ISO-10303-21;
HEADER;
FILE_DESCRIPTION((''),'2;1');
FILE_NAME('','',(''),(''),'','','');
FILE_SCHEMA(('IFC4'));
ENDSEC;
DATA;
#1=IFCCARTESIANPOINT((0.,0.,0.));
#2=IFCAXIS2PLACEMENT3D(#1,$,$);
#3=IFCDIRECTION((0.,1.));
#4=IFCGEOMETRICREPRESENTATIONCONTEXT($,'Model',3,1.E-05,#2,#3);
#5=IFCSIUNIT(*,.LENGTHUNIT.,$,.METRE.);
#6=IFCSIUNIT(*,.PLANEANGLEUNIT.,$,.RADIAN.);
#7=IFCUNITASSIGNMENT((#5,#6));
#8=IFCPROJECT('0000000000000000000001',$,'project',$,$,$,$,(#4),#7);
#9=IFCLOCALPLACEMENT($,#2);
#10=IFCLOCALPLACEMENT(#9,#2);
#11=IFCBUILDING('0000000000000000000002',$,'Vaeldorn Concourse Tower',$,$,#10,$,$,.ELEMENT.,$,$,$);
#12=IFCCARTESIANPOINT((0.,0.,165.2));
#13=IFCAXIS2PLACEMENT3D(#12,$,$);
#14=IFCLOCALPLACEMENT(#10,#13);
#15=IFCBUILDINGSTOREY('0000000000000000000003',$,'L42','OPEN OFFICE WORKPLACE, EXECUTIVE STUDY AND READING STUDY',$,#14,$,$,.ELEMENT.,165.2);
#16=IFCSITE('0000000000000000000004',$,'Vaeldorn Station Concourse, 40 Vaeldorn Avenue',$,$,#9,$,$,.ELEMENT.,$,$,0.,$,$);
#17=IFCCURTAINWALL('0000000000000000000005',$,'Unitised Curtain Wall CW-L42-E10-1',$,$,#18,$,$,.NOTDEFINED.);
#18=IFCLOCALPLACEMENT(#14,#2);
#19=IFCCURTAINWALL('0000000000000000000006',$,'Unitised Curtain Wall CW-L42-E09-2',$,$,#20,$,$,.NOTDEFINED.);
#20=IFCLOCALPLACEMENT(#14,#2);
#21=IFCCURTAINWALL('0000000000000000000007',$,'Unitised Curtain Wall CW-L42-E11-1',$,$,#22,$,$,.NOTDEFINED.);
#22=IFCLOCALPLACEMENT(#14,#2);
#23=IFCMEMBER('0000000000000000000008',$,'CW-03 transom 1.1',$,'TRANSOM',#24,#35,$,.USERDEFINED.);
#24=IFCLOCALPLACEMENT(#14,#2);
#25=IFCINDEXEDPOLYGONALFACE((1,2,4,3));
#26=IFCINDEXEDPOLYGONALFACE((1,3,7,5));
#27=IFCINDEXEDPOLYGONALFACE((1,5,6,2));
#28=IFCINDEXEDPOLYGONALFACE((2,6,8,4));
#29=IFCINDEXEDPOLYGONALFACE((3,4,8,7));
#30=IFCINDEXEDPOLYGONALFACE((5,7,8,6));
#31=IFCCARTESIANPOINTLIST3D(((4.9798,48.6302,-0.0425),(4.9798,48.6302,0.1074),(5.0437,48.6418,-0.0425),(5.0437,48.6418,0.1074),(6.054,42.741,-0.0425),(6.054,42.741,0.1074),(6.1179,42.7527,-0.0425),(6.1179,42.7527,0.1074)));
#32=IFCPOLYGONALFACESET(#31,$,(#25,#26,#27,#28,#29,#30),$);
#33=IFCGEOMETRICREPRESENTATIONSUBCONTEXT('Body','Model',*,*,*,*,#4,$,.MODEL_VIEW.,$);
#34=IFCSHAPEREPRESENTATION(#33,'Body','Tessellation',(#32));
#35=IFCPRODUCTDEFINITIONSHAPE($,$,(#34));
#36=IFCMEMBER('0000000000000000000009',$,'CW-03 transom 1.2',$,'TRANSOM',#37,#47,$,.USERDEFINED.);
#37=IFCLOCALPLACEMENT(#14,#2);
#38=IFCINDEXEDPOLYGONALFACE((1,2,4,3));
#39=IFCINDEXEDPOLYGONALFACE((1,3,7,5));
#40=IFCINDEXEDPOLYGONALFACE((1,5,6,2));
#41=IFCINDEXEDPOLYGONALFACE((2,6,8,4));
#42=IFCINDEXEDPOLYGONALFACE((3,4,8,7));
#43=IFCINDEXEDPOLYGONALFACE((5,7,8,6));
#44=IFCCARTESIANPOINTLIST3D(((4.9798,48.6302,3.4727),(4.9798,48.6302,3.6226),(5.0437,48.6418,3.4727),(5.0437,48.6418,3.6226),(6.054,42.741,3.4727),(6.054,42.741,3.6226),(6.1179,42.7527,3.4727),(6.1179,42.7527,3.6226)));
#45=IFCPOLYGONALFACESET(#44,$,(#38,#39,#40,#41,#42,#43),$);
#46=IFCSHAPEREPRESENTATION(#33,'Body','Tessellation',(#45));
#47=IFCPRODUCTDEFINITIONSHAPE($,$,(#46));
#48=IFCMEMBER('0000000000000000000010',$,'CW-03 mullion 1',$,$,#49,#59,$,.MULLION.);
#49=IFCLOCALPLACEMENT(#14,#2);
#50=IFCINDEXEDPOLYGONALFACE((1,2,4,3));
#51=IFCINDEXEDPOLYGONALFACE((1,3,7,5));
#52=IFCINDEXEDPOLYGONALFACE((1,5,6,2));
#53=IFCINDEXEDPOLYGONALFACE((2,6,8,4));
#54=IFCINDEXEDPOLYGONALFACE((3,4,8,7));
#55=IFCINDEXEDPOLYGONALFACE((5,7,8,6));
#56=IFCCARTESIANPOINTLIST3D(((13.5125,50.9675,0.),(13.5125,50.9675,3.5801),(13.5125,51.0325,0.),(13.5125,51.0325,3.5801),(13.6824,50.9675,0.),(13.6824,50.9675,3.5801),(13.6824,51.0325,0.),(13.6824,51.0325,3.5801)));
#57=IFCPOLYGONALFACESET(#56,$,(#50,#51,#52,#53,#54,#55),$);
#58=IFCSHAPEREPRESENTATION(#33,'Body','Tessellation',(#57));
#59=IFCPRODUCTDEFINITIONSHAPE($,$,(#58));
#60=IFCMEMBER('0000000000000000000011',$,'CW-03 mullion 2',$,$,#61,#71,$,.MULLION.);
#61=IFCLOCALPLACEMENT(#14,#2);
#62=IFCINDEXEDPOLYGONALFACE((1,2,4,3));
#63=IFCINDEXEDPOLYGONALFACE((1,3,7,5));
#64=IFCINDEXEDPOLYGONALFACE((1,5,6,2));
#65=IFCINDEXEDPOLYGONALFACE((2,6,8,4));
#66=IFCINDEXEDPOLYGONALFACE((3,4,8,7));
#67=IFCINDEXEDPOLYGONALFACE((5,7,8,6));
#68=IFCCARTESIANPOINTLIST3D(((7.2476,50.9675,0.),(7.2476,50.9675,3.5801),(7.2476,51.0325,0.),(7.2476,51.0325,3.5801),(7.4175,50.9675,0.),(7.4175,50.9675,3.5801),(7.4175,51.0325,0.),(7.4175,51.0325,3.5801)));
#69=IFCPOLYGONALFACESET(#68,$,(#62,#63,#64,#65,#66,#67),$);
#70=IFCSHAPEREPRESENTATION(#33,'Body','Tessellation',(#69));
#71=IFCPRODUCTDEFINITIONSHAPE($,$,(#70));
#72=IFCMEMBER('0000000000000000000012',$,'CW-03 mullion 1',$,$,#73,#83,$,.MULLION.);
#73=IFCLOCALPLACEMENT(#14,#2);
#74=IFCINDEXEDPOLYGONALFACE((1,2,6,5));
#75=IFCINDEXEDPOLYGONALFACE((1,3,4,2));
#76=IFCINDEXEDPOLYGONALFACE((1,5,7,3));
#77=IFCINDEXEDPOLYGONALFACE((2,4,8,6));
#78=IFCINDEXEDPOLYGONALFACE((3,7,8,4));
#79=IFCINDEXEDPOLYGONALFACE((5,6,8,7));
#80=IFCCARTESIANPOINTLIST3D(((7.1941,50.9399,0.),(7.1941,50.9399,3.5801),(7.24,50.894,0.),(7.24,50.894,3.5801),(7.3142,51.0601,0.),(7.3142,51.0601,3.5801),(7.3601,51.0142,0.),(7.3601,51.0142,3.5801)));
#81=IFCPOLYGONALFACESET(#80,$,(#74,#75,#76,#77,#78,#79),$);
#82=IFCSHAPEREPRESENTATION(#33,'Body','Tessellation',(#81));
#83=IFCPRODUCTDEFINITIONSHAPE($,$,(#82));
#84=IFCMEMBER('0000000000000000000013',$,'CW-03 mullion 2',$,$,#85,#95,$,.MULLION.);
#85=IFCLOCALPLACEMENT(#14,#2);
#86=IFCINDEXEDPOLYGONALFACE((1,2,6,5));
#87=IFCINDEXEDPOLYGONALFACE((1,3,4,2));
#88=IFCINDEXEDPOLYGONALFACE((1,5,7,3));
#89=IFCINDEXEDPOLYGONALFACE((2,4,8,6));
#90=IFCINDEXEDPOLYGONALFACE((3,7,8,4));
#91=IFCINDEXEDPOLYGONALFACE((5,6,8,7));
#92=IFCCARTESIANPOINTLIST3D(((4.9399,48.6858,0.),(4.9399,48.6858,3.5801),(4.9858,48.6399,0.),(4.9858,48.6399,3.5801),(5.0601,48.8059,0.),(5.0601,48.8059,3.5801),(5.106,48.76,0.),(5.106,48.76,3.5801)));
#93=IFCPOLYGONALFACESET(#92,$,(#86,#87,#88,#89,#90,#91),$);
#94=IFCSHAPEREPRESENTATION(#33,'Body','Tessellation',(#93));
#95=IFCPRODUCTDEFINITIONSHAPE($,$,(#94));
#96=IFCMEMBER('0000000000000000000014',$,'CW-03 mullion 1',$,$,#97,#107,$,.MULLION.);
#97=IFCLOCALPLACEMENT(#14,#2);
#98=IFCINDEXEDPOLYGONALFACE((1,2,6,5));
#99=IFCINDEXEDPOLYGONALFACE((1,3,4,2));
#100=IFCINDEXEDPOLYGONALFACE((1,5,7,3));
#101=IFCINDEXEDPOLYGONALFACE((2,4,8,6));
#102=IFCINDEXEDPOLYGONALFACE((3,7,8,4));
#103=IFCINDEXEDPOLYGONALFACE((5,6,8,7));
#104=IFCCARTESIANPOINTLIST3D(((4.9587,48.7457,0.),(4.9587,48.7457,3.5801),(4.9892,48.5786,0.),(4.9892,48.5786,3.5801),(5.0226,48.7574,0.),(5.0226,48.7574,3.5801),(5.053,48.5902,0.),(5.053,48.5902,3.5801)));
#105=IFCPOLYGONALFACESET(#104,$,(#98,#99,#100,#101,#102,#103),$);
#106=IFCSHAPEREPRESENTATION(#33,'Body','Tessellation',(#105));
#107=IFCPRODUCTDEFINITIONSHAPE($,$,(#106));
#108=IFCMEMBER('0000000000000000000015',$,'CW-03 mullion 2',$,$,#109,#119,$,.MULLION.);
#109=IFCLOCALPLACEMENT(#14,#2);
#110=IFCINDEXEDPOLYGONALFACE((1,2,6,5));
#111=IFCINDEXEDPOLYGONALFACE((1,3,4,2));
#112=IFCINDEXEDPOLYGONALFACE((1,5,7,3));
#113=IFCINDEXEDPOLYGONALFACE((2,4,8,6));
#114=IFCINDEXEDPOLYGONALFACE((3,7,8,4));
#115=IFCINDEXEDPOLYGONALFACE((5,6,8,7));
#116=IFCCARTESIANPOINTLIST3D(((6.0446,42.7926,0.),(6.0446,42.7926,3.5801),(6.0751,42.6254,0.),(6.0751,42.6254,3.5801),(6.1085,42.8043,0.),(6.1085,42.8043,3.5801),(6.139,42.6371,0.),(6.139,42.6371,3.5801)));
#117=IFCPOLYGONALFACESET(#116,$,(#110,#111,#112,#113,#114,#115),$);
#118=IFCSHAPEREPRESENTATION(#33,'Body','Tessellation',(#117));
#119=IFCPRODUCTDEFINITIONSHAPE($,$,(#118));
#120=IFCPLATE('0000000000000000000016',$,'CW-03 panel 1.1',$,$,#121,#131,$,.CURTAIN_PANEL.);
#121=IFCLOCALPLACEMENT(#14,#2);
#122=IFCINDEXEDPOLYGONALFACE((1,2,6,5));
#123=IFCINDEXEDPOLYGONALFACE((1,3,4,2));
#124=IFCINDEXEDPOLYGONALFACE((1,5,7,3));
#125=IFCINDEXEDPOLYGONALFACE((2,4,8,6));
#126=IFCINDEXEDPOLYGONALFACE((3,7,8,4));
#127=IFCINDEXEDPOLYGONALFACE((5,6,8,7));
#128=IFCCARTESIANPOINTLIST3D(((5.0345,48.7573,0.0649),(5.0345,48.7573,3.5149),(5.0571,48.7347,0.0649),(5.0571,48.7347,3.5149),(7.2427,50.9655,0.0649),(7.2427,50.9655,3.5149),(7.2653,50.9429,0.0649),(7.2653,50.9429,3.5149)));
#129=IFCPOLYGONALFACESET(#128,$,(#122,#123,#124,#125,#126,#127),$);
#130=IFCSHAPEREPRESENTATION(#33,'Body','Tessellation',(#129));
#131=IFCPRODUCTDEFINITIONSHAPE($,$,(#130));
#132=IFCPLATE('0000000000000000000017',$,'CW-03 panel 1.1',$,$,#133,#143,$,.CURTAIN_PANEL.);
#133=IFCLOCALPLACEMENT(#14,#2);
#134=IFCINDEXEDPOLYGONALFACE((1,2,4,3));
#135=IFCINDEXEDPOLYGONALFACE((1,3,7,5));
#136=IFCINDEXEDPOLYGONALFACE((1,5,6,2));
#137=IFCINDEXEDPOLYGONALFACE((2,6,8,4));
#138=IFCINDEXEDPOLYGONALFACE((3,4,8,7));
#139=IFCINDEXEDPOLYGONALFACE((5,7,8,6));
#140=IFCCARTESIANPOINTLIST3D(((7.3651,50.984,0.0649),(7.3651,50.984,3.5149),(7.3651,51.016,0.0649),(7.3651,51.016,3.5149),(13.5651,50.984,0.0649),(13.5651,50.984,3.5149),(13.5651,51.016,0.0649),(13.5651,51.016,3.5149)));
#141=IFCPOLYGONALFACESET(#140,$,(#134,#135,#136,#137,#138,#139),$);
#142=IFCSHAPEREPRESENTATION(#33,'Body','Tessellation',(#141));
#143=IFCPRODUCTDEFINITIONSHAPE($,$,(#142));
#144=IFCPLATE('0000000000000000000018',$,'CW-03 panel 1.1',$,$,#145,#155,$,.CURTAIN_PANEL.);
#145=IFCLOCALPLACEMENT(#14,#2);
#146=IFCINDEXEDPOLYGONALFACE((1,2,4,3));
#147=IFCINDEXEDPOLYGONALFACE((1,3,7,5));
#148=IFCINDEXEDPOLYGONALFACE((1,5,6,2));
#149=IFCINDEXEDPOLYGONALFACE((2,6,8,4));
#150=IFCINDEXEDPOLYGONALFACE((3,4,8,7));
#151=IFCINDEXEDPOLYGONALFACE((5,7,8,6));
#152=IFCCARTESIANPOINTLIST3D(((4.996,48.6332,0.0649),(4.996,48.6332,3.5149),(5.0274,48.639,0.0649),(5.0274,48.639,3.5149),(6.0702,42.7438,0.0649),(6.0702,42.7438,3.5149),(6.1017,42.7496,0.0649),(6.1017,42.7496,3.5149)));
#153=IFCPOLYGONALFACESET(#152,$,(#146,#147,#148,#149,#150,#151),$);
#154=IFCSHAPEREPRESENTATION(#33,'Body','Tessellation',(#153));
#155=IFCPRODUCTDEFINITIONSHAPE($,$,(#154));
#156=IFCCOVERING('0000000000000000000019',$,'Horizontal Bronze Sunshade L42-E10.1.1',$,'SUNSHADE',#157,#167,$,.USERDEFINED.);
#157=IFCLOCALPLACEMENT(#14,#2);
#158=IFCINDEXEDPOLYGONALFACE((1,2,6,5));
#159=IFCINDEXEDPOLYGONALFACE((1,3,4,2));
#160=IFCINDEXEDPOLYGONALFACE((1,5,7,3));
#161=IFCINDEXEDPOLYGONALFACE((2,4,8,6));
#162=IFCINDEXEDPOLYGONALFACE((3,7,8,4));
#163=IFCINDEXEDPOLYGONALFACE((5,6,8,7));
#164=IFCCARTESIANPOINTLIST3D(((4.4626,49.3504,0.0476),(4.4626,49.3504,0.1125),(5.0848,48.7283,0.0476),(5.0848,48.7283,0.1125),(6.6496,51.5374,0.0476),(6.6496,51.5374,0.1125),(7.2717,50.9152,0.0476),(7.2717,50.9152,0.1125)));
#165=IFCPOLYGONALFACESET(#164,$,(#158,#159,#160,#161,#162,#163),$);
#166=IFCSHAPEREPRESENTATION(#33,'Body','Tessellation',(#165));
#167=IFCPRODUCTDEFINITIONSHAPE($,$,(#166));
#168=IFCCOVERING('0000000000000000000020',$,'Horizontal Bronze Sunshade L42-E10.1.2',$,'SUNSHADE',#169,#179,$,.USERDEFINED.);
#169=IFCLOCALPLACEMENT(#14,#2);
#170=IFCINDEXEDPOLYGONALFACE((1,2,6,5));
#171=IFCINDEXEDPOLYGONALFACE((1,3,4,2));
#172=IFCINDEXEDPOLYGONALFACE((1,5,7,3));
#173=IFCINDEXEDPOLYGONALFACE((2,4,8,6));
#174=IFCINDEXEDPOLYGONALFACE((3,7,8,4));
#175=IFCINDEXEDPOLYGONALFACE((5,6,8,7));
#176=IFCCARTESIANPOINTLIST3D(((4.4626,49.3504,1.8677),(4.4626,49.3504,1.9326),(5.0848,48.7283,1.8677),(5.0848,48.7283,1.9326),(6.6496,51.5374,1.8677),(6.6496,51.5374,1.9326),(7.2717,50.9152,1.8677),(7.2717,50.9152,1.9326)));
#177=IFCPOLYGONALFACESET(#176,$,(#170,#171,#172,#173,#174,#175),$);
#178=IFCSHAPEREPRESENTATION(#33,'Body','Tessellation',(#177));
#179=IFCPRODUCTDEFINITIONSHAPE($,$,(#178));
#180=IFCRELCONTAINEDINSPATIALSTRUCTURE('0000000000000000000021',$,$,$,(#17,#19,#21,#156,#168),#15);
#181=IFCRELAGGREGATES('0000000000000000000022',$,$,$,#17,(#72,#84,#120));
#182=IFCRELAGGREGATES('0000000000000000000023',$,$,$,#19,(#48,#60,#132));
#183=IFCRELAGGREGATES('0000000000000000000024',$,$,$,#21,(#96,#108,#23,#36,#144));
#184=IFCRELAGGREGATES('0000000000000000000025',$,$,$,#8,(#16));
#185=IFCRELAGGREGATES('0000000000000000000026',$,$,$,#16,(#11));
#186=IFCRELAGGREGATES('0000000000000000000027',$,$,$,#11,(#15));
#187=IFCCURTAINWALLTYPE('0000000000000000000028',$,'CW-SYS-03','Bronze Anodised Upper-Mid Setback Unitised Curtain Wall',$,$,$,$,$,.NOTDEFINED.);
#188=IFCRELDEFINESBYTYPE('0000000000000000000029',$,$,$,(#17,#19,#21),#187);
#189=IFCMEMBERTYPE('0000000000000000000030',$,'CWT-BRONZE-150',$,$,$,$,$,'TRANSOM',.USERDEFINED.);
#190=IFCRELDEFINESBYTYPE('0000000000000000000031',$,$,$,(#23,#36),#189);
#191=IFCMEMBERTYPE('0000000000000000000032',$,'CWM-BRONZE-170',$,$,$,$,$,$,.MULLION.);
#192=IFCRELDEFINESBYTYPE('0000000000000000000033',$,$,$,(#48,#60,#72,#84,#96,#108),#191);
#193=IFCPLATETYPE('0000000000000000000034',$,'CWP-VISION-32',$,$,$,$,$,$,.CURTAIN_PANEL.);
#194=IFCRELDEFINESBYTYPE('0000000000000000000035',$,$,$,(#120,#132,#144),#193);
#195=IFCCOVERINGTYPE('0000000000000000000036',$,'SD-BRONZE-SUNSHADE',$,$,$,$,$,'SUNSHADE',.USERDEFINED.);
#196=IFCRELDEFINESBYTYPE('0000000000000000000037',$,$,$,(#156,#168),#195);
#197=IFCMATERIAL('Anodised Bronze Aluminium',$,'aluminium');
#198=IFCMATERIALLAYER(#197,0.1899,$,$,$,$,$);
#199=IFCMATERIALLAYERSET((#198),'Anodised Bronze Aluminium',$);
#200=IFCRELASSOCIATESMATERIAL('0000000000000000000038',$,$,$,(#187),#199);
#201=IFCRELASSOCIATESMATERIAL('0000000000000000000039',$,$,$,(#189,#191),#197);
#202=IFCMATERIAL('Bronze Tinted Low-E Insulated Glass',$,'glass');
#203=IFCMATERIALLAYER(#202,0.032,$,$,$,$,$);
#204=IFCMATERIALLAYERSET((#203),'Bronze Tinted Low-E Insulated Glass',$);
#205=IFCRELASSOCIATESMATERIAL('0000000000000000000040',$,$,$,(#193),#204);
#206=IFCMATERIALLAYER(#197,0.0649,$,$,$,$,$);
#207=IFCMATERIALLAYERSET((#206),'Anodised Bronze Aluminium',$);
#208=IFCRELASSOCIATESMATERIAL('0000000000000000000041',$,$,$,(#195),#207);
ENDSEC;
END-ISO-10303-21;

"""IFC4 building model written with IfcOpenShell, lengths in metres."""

from ifc_helpers import new_model, si_unit, direction, frame, origin, origin_2d, place, context, subcontext, project, spatial, rectangle, extrude, source, transform, mapped, material, layer, layer_set, material_profile, profile_set, type_object, element, aggregate, save


model = new_model("IFC4")

# Units and contexts
model_context = context("Model", 3, precision=1e-05, world=origin(), true_north=direction((0.0, 1.0)))
body_context = subcontext(model_context, "Body", "Model", "MODEL_VIEW")
ifc_project = project(units=[si_unit("LENGTHUNIT", "METRE"), si_unit("PLANEANGLEUNIT", "RADIAN")], contexts=[model_context])

# Site, building, storey
site_placement = place(None, origin())
site = spatial("IfcSite", under=ifc_project, at=site_placement, Name="Vaeldorn Station Concourse, 40 Vaeldorn Avenue", CompositionType="ELEMENT", RefElevation=0.0)
building_placement = place(site_placement, origin())
building = spatial("IfcBuilding", under=site, at=building_placement, Name="Vaeldorn Concourse Tower", CompositionType="ELEMENT")
storey_placement = place(building_placement, frame((0.0, 0.0, 165.2)))
storey = spatial("IfcBuildingStorey", under=building, at=storey_placement, Name="L42", Description="OPEN OFFICE WORKPLACE, EXECUTIVE STUDY AND READING STUDY", CompositionType="ELEMENT", Elevation=165.2)

# Curtain walls, members
ifc_material_1 = material(Name="Anodised Bronze Aluminium", Category="aluminium")
ifc_layer_1 = layer(ifc_material_1, 0.1899)
ifc_layer_set_1 = layer_set([ifc_layer_1], Name="Anodised Bronze Aluminium")
curtain_wall_type = type_object("IfcCurtainWallType", Name="CW-SYS-03", Description="Bronze Anodised Upper-Mid Setback Unitised Curtain Wall", PredefinedType="NOTDEFINED", material=ifc_layer_set_1)
curtain_wall_1_placement = place(storey_placement, origin())
curtain_wall_1 = element("IfcCurtainWall", 1, at=curtain_wall_1_placement, inside=storey, type_object=curtain_wall_type, Name="Unitised Curtain Wall CW-L42-E10-1", PredefinedType="NOTDEFINED")
ifc_material_profile_1 = material_profile(ifc_material_1, rectangle(XDim=0.0649, YDim=0.1499, at=origin_2d()), Name="CWT 65x150")
ifc_profile_set_1 = profile_set([ifc_material_profile_1], Name="Anodised Bronze Aluminium")
member_type_1 = type_object("IfcMemberType", Name="CWT-BRONZE-150", ElementType="TRANSOM", PredefinedType="USERDEFINED", material=ifc_profile_set_1)
curtain_wall_2_placement = place(storey_placement, origin())
curtain_wall_2 = element("IfcCurtainWall", 2, at=curtain_wall_2_placement, inside=storey, type_object=curtain_wall_type, Name="Unitised Curtain Wall CW-L42-E09-2", PredefinedType="NOTDEFINED")
curtain_wall_3_placement = place(storey_placement, origin())
curtain_wall_3 = element("IfcCurtainWall", 3, at=curtain_wall_3_placement, inside=storey, type_object=curtain_wall_type, Name="Unitised Curtain Wall CW-L42-E11-1", PredefinedType="NOTDEFINED")
shared_shape_1 = source(origin(), body_context, "Body", "SweptSolid", [
    extrude(rectangle(XDim=0.0649, YDim=0.1499, at=origin_2d()), origin(), (0.0, 0.0, 1.0), 5.9863),
])
member_1_placement = place(storey_placement, frame((5.0117, 48.636, 0.0325), z_axis=(0.179445, -0.983768, 0.0), x_axis=(0.983768, 0.179445, 0.0)))
member_1 = element("IfcMember", 4, at=member_1_placement, type_object=member_type_1, Name="CW-03 transom 1.1", ObjectType="TRANSOM", PredefinedType="USERDEFINED", context=body_context, shape_type="MappedRepresentation", body=[
    mapped(shared_shape_1, transform((0.0, 0.0, 0.0), scale=1.0)),
])
member_2_placement = place(storey_placement, frame((5.0117, 48.636, 3.5476), z_axis=(0.179445, -0.983768, 0.0), x_axis=(0.983768, 0.179445, 0.0)))
member_2 = element("IfcMember", 5, at=member_2_placement, type_object=member_type_1, Name="CW-03 transom 1.2", ObjectType="TRANSOM", PredefinedType="USERDEFINED", context=body_context, shape_type="MappedRepresentation", body=[
    mapped(shared_shape_1, transform((0.0, 0.0, 0.0), scale=1.0)),
])

# Members
ifc_material_profile_2 = material_profile(ifc_material_1, rectangle(XDim=0.0649, YDim=0.1699, at=origin_2d()), Name="CWM 65x170")
ifc_profile_set_2 = profile_set([ifc_material_profile_2], Name="Anodised Bronze Aluminium")
member_type_2 = type_object("IfcMemberType", Name="CWM-BRONZE-170", PredefinedType="MULLION", material=ifc_profile_set_2)
shared_shape_2 = source(origin(), body_context, "Body", "SweptSolid", [
    extrude(rectangle(XDim=0.0649, YDim=0.1699, at=origin_2d()), origin(), (0.0, 0.0, 1.0), 3.5801),
])
member_3_placement = place(storey_placement, frame((13.5974, 51.0, 0.0), z_axis=(0.0, 0.0, 1.0), x_axis=(0.0, -1.0, 0.0)))
member_3 = element("IfcMember", 6, at=member_3_placement, type_object=member_type_2, Name="CW-03 mullion 1", PredefinedType="MULLION", context=body_context, shape_type="MappedRepresentation", body=[
    mapped(shared_shape_2, transform((0.0, 0.0, 0.0), scale=1.0)),
])
member_4_placement = place(storey_placement, frame((7.3325, 51.0, 0.0), z_axis=(0.0, 0.0, 1.0), x_axis=(0.0, -1.0, 0.0)))
member_4 = element("IfcMember", 7, at=member_4_placement, type_object=member_type_2, Name="CW-03 mullion 2", PredefinedType="MULLION", context=body_context, shape_type="MappedRepresentation", body=[
    mapped(shared_shape_2, transform((0.0, 0.0, 0.0), scale=1.0)),
])
member_5_placement = place(storey_placement, frame((7.2771, 50.9771, 0.0), z_axis=(0.0, 0.0, 1.0), x_axis=(0.707107, -0.707107, 0.0)))
member_5 = element("IfcMember", 8, at=member_5_placement, type_object=member_type_2, Name="CW-03 mullion 1", PredefinedType="MULLION", context=body_context, shape_type="MappedRepresentation", body=[
    mapped(shared_shape_2, transform((0.0, 0.0, 0.0), scale=1.0)),
])
member_6_placement = place(storey_placement, frame((5.0229, 48.7229, 0.0), z_axis=(0.0, 0.0, 1.0), x_axis=(0.707107, -0.707107, 0.0)))
member_6 = element("IfcMember", 9, at=member_6_placement, type_object=member_type_2, Name="CW-03 mullion 2", PredefinedType="MULLION", context=body_context, shape_type="MappedRepresentation", body=[
    mapped(shared_shape_2, transform((0.0, 0.0, 0.0), scale=1.0)),
])
member_7_placement = place(storey_placement, frame((5.0059, 48.668, 0.0), z_axis=(0.0, 0.0, 1.0), x_axis=(0.983768, 0.179447, 0.0)))
member_7 = element("IfcMember", 10, at=member_7_placement, type_object=member_type_2, Name="CW-03 mullion 1", PredefinedType="MULLION", context=body_context, shape_type="MappedRepresentation", body=[
    mapped(shared_shape_2, transform((0.0, 0.0, 0.0), scale=1.0)),
])
member_8_placement = place(storey_placement, frame((6.0918, 42.7148, 0.0), z_axis=(0.0, 0.0, 1.0), x_axis=(0.983768, 0.179447, 0.0)))
member_8 = element("IfcMember", 11, at=member_8_placement, type_object=member_type_2, Name="CW-03 mullion 2", PredefinedType="MULLION", context=body_context, shape_type="MappedRepresentation", body=[
    mapped(shared_shape_2, transform((0.0, 0.0, 0.0), scale=1.0)),
])

# Plates
ifc_material_2 = material(Name="Bronze Tinted Low-E Insulated Glass", Category="glass")
ifc_layer_2 = layer(ifc_material_2, 0.032)
ifc_layer_set_2 = layer_set([ifc_layer_2], Name="Bronze Tinted Low-E Insulated Glass")
plate_type = type_object("IfcPlateType", Name="CWP-VISION-32", PredefinedType="CURTAIN_PANEL", material=ifc_layer_set_2)
shared_shape_3 = source(origin(), body_context, "Body", "SweptSolid", [
    extrude(rectangle(XDim=3.1228, YDim=0.032, at=origin_2d()), origin(), (0.0, 0.0, 1.0), 3.45),
])
plate_1_placement = place(storey_placement, frame((6.1499, 49.8501, 0.0649), z_axis=(0.0, 0.0, 1.0), x_axis=(-0.707107, -0.707107, 0.0)))
plate_1 = element("IfcPlate", 12, at=plate_1_placement, type_object=plate_type, Name="CW-03 panel 1.1", PredefinedType="CURTAIN_PANEL", context=body_context, shape_type="MappedRepresentation", body=[
    mapped(shared_shape_3, transform((0.0, 0.0, 0.0), scale=1.0)),
])
aggregate(curtain_wall_1, [member_5, member_6, plate_1])
shared_shape_4 = source(origin(), body_context, "Body", "SweptSolid", [
    extrude(rectangle(XDim=6.2, YDim=0.032, at=origin_2d()), origin(), (0.0, 0.0, 1.0), 3.45),
])
plate_2_placement = place(storey_placement, frame((10.4651, 51.0, 0.0649), z_axis=(0.0, 0.0, 1.0), x_axis=(-1.0, 0.0, 0.0)))
plate_2 = element("IfcPlate", 13, at=plate_2_placement, type_object=plate_type, Name="CW-03 panel 1.1", PredefinedType="CURTAIN_PANEL", context=body_context, shape_type="MappedRepresentation", body=[
    mapped(shared_shape_4, transform((0.0, 0.0, 0.0), scale=1.0)),
])
aggregate(curtain_wall_2, [member_3, member_4, plate_2])
shared_shape_5 = source(origin(), body_context, "Body", "SweptSolid", [
    extrude(rectangle(XDim=5.9866, YDim=0.032, at=origin_2d()), origin(), (0.0, 0.0, 1.0), 3.45),
])
plate_3_placement = place(storey_placement, frame((5.5488, 45.6914, 0.0649), z_axis=(0.0, 0.0, 1.0), x_axis=(0.179447, -0.983768, 0.0)))
plate_3 = element("IfcPlate", 14, at=plate_3_placement, type_object=plate_type, Name="CW-03 panel 1.1", PredefinedType="CURTAIN_PANEL", context=body_context, shape_type="MappedRepresentation", body=[
    mapped(shared_shape_5, transform((0.0, 0.0, 0.0), scale=1.0)),
])
aggregate(curtain_wall_3, [member_7, member_8, member_1, member_2, plate_3])

# Coverings
ifc_layer_3 = layer(ifc_material_1, 0.0649)
ifc_layer_set_3 = layer_set([ifc_layer_3], Name="Anodised Bronze Aluminium")
covering_type = type_object("IfcCoveringType", Name="SD-BRONZE-SUNSHADE", ElementType="SUNSHADE", PredefinedType="USERDEFINED", material=ifc_layer_set_3)
shared_shape_6 = source(origin(), body_context, "Body", "SweptSolid", [
    extrude(rectangle(XDim=3.0928, YDim=0.8799, at=origin_2d()), origin(), (0.0, 0.0, 1.0), 0.0649),
])
for number, where, z_axis, x_axis, name in (
    (15, (5.8672, 50.1328, 0.0476), (0.0, 0.0, 1.0), (-0.707107, -0.707107, 0.0), "Horizontal Bronze Sunshade L42-E10.1.1"),
    (16, (5.8672, 50.1328, 1.8677), (0.0, 0.0, 1.0), (-0.707107, -0.707107, 0.0), "Horizontal Bronze Sunshade L42-E10.1.2"),
):
    element("IfcCovering", number, at=place(storey_placement, frame(where, z_axis=z_axis, x_axis=x_axis)), inside=storey, type_object=covering_type, Name=name, ObjectType="SUNSHADE", PredefinedType="USERDEFINED", context=body_context, shape_type="MappedRepresentation", body=[
        mapped(shared_shape_6, transform((0.0, 0.0, 0.0), scale=1.0)),
    ])

save(model, "model.ifc")
